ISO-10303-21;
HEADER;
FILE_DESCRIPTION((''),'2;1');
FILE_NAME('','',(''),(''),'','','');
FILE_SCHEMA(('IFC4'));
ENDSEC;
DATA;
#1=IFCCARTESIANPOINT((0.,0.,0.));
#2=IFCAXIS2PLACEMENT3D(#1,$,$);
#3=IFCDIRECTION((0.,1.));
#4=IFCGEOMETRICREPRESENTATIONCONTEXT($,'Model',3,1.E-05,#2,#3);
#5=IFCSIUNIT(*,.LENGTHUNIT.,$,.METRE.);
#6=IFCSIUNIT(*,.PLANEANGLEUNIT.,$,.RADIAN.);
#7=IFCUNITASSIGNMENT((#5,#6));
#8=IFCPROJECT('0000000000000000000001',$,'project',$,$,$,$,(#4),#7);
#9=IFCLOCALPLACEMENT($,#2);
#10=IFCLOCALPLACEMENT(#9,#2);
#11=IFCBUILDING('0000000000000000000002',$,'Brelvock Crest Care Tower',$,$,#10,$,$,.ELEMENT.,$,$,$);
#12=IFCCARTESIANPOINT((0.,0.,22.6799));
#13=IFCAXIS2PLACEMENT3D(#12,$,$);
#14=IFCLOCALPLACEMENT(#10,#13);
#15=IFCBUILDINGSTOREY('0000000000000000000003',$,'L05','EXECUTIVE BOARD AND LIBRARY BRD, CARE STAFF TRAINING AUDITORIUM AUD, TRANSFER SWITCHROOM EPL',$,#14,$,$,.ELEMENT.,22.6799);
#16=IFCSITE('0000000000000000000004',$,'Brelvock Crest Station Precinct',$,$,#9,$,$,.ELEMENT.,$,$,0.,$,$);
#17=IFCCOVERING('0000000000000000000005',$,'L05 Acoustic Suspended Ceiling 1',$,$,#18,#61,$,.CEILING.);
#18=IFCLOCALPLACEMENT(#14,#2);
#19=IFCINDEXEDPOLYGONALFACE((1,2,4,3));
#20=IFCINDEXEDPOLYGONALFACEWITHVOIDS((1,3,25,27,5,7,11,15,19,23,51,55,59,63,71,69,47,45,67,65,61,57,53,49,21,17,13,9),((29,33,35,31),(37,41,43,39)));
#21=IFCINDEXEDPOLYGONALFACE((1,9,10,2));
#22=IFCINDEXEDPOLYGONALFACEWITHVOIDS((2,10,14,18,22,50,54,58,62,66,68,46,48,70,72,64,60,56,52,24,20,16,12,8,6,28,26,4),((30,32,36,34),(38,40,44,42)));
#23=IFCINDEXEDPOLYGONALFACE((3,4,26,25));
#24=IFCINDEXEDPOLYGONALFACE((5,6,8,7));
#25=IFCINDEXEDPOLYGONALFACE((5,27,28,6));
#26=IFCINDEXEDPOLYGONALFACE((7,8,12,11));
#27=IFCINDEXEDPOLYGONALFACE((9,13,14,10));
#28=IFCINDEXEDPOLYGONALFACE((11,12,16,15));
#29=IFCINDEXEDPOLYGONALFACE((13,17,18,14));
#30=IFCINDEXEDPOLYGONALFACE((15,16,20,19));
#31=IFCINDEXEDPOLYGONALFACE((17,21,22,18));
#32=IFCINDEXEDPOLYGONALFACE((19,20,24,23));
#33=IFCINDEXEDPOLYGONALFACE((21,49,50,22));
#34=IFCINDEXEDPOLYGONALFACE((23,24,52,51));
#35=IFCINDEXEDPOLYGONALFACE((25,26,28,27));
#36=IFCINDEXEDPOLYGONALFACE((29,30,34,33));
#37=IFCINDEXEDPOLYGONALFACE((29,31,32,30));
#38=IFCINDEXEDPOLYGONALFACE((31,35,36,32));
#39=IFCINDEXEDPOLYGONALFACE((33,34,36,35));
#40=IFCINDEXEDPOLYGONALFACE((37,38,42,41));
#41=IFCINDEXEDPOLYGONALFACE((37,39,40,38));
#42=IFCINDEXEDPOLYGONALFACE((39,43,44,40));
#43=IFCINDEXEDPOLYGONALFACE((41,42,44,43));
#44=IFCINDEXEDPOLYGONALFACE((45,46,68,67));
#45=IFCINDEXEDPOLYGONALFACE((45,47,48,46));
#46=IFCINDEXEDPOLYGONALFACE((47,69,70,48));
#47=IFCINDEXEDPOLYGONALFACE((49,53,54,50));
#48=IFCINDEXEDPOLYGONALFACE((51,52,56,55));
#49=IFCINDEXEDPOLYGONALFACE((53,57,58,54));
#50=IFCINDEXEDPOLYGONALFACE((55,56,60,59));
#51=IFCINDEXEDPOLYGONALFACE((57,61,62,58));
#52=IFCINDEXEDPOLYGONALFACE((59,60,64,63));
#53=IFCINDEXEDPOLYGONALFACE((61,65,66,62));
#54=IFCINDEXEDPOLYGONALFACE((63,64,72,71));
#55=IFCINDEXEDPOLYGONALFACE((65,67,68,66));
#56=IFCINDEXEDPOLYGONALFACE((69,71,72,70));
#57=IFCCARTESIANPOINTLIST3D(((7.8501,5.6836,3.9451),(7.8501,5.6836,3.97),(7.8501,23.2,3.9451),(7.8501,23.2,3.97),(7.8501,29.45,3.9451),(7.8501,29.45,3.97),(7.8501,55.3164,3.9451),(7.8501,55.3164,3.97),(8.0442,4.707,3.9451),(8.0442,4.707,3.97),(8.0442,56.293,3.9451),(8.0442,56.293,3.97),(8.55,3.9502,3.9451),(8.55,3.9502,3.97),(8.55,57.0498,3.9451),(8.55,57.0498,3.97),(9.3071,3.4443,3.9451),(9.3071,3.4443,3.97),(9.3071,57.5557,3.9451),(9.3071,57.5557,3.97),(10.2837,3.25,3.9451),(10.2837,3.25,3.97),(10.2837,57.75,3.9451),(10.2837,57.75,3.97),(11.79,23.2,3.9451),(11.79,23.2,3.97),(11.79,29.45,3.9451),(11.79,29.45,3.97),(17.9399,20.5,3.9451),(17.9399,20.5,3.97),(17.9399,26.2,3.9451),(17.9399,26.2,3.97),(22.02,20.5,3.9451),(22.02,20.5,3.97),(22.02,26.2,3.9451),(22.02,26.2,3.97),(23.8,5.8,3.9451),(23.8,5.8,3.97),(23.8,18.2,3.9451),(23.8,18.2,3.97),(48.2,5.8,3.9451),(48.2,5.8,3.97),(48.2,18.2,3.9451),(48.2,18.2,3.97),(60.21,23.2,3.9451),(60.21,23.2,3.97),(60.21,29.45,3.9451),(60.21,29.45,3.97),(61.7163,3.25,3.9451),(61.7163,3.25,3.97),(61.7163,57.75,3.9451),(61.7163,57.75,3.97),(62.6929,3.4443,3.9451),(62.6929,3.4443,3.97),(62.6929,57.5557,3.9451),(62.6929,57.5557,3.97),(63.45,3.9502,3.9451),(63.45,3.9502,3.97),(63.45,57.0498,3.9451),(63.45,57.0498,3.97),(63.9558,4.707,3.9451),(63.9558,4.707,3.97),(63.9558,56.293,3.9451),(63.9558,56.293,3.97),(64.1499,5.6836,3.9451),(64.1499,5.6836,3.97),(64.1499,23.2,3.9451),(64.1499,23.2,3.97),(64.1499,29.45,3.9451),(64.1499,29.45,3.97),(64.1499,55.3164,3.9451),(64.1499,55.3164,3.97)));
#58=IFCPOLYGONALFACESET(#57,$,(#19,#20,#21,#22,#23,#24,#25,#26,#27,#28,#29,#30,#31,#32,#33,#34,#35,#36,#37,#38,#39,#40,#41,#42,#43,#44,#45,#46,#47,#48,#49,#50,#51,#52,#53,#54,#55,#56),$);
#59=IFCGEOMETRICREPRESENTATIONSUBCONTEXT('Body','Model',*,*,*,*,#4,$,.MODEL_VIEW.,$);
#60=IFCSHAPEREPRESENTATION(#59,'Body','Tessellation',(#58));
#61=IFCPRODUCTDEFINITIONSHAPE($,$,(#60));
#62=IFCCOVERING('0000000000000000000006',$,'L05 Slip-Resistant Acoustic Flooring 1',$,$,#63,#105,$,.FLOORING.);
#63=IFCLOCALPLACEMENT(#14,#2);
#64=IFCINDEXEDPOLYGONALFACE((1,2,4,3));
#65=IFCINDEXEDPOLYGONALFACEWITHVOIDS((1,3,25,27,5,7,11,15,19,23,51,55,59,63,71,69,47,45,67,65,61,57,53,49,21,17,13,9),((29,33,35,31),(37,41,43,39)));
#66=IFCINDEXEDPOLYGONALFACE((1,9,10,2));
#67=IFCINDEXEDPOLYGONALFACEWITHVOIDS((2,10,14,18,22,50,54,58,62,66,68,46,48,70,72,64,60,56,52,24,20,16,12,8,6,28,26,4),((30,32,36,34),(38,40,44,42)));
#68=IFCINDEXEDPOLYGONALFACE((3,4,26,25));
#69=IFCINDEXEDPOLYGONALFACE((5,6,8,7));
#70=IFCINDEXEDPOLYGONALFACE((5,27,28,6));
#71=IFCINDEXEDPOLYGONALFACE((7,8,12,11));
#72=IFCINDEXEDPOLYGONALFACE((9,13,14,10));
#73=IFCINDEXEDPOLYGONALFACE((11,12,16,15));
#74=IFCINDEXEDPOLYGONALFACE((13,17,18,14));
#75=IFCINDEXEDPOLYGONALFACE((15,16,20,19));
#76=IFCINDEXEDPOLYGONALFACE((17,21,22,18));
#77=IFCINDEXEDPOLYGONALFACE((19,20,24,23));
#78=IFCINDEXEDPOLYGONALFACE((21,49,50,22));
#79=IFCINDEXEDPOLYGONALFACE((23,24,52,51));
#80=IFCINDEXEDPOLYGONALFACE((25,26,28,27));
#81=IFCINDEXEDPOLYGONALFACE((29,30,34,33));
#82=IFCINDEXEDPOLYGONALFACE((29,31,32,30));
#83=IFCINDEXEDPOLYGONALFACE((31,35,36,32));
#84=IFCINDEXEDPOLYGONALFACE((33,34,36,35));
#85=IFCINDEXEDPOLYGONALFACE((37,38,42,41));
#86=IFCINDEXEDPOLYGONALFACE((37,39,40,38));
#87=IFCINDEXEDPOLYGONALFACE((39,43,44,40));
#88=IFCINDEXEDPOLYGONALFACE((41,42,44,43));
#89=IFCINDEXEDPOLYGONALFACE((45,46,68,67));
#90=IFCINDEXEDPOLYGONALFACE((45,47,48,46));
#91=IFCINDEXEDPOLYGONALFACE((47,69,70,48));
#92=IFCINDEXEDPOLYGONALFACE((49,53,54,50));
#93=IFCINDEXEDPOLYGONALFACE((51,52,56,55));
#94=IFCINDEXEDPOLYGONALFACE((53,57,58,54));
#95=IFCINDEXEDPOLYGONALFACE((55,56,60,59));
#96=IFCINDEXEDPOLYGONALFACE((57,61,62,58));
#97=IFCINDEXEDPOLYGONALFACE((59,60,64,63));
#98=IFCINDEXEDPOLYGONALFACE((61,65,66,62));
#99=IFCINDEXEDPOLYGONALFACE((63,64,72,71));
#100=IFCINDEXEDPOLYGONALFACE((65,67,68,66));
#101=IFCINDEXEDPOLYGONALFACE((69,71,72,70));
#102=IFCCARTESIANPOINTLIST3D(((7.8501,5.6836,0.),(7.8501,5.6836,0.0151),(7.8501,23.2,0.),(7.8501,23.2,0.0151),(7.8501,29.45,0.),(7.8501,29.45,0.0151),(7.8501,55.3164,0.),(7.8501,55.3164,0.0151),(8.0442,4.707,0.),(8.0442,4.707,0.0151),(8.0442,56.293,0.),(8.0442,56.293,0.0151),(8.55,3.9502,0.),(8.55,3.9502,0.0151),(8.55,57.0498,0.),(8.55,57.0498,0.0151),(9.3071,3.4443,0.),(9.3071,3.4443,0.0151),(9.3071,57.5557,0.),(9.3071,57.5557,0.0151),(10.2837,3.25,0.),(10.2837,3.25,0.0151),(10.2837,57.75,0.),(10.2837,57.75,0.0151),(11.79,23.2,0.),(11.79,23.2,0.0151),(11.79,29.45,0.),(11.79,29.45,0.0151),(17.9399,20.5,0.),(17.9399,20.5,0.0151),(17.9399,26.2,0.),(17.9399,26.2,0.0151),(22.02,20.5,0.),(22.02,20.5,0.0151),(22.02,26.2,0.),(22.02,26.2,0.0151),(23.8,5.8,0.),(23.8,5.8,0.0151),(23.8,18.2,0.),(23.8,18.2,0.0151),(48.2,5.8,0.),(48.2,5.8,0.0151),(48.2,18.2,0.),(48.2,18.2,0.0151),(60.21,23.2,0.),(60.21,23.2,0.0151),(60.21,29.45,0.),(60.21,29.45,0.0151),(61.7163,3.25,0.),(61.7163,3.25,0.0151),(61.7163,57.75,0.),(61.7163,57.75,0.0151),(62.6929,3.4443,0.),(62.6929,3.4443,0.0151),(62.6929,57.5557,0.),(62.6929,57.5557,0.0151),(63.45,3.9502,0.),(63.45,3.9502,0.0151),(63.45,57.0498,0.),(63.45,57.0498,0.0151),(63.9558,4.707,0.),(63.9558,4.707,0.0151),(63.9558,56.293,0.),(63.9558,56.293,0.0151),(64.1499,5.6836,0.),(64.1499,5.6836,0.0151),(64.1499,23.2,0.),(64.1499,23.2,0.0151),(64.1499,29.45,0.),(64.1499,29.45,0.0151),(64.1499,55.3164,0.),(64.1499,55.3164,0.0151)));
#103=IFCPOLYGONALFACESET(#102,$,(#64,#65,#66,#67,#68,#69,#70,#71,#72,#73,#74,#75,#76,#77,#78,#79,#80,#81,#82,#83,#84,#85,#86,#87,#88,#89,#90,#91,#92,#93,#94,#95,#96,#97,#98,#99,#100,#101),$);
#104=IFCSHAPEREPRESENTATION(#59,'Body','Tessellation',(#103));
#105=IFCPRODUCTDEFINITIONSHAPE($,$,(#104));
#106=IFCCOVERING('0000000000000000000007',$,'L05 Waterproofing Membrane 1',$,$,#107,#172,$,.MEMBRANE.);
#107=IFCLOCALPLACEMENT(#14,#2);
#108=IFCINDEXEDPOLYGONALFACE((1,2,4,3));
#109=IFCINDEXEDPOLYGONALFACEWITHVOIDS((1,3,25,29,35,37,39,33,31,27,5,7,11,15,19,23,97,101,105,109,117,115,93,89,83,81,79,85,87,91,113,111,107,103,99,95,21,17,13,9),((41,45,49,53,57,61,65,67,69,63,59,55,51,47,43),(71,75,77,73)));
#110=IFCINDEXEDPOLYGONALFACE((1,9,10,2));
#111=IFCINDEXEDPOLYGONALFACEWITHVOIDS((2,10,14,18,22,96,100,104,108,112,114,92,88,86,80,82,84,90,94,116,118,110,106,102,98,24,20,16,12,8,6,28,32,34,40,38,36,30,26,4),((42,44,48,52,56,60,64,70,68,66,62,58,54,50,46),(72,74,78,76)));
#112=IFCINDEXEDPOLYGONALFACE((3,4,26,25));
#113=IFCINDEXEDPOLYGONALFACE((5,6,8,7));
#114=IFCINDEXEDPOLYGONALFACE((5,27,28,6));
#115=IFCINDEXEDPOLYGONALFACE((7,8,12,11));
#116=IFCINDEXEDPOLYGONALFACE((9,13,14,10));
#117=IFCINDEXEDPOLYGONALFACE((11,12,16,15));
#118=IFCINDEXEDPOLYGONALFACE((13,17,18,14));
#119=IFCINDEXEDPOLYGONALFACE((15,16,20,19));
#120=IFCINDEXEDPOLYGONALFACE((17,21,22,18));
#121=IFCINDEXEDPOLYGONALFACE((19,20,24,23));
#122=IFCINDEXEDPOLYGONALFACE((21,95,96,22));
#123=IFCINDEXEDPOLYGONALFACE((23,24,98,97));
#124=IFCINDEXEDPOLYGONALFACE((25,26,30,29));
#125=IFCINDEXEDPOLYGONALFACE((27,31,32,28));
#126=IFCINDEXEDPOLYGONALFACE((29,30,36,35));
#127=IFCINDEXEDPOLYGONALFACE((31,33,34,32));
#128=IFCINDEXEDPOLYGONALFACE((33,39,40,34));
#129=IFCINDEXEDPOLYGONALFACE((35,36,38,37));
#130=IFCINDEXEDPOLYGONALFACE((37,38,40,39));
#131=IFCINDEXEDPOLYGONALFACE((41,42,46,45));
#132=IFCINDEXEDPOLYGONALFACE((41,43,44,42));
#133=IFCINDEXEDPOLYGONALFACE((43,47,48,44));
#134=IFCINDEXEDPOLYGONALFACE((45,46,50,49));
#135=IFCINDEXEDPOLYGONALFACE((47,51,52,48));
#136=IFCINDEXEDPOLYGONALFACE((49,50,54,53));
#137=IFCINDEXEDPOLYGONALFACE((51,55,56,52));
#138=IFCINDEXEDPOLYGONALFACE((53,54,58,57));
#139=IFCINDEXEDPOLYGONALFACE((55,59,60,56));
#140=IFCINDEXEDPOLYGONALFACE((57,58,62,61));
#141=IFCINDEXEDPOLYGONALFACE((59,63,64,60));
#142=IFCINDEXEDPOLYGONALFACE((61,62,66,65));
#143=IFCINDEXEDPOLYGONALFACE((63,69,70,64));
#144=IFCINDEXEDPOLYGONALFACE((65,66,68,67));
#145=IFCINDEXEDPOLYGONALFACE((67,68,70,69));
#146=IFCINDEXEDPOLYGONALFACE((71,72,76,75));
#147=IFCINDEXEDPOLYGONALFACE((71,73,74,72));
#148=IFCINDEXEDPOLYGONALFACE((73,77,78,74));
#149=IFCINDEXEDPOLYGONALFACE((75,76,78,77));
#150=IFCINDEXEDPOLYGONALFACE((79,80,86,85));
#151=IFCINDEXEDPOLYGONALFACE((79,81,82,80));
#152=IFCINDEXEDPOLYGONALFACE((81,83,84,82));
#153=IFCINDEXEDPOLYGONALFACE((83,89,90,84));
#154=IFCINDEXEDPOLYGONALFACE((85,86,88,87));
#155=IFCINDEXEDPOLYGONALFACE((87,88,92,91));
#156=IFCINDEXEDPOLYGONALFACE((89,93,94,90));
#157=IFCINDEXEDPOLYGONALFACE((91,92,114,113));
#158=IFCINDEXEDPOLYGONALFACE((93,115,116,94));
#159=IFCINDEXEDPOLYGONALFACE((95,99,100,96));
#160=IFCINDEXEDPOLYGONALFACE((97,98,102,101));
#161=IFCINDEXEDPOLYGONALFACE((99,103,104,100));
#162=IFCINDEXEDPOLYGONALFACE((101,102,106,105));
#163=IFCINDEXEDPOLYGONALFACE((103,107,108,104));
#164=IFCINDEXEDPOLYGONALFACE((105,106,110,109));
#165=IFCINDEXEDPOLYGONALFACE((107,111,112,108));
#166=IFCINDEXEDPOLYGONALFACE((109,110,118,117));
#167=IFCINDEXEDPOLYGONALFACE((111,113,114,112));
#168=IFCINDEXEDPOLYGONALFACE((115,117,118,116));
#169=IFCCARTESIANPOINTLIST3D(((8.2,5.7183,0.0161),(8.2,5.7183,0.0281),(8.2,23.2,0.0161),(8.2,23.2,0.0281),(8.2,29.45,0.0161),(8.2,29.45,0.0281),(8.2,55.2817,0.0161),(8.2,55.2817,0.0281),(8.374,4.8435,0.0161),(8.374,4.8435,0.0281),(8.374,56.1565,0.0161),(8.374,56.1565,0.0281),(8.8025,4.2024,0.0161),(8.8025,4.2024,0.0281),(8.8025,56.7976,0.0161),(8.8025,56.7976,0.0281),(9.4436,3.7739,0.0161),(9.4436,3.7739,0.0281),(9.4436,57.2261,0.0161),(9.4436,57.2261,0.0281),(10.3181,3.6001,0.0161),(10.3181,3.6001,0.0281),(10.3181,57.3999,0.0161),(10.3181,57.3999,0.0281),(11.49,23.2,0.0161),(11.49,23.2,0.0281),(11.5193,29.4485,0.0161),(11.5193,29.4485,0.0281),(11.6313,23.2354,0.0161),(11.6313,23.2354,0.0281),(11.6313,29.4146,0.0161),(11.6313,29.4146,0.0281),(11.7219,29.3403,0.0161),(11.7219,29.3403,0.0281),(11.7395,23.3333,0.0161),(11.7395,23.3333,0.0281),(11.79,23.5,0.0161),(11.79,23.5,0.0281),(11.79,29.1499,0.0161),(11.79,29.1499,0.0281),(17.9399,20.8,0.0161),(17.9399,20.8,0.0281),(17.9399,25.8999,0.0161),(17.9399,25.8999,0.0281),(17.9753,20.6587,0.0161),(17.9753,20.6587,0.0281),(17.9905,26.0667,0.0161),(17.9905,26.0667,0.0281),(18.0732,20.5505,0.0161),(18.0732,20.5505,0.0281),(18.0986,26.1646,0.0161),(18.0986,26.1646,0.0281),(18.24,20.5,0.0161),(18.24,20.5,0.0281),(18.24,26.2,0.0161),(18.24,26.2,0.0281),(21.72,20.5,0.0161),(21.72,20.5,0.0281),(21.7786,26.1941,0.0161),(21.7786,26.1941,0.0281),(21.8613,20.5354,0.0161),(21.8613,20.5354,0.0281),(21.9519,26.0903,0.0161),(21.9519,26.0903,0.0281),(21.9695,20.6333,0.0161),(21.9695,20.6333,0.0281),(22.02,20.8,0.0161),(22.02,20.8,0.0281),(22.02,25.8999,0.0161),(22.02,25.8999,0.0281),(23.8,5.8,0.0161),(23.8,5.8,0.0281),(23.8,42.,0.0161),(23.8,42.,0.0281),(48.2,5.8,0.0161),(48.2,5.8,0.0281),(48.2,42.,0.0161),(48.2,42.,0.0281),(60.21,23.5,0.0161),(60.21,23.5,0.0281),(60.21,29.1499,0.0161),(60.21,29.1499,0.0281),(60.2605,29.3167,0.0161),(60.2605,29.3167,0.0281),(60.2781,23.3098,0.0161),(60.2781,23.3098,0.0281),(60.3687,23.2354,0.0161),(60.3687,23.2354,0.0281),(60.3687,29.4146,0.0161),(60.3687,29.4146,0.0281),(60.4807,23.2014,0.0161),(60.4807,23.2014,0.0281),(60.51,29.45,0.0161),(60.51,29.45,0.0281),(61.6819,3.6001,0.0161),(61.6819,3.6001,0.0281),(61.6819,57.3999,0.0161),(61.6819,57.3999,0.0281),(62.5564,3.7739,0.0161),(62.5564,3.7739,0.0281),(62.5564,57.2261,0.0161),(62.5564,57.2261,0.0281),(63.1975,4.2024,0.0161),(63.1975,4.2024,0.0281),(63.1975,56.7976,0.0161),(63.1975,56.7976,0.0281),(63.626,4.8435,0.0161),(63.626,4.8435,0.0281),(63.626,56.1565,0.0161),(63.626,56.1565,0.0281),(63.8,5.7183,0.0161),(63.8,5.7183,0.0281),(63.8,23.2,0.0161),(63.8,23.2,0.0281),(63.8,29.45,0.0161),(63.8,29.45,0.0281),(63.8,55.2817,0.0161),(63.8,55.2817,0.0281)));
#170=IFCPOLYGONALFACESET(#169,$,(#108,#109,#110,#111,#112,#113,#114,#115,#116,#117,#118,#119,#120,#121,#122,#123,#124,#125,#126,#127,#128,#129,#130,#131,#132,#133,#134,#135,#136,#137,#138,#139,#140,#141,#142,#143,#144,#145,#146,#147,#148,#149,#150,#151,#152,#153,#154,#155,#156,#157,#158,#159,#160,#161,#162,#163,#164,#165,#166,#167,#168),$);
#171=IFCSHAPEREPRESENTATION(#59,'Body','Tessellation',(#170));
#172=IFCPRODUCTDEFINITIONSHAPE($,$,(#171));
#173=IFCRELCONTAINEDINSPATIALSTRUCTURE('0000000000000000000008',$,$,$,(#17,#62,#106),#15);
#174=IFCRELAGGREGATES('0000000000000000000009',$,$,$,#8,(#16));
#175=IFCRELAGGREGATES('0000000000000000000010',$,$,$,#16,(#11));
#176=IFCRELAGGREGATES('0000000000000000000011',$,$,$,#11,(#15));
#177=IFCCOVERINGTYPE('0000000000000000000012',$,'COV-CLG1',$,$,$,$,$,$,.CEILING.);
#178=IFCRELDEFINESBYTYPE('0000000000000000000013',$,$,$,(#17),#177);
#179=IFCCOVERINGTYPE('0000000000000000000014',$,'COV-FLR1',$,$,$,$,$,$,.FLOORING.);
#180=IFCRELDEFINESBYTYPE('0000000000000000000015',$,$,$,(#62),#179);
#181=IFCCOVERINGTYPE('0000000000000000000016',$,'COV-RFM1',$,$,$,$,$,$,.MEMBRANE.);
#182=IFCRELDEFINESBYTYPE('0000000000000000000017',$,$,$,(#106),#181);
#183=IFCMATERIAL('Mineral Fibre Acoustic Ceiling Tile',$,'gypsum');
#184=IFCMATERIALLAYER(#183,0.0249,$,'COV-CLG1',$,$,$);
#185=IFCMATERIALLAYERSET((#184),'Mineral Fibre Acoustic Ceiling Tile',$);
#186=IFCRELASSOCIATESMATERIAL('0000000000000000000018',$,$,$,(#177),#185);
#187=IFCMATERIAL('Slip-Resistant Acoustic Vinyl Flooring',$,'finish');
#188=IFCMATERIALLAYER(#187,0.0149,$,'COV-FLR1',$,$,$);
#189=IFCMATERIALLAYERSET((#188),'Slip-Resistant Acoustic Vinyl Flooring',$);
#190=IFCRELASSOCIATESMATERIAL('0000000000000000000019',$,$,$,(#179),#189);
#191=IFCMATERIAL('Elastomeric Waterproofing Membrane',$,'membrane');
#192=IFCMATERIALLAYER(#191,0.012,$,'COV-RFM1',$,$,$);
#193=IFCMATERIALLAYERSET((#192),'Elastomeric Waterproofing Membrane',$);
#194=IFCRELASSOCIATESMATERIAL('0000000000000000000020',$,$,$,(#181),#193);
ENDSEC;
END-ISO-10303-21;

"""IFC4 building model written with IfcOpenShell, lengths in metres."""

from ifc_helpers import new_model, si_unit, direction, frame, origin, place, context, subcontext, project, spatial, polyline, outline, extrude, material, layer, layer_set, type_object, element, save


model = new_model("IFC4")

# Units and contexts
model_context = context("Model", 3, precision=1e-05, world=origin(), true_north=direction((0.0, 1.0)))
body_context = subcontext(model_context, "Body", "Model", "MODEL_VIEW")
ifc_project = project(units=[si_unit("LENGTHUNIT", "METRE"), si_unit("PLANEANGLEUNIT", "RADIAN")], contexts=[model_context])

# Site, building, storey
site_placement = place(None, origin())
site = spatial("IfcSite", under=ifc_project, at=site_placement, Name="Brelvock Crest Station Precinct", CompositionType="ELEMENT", RefElevation=0.0)
building_placement = place(site_placement, origin())
building = spatial("IfcBuilding", under=site, at=building_placement, Name="Brelvock Crest Care Tower", CompositionType="ELEMENT")
storey_placement = place(building_placement, frame((0.0, 0.0, 22.6799)))
storey = spatial("IfcBuildingStorey", under=building, at=storey_placement, Name="L05", Description="EXECUTIVE BOARD AND LIBRARY BRD, CARE STAFF TRAINING AUDITORIUM AUD, TRANSFER SWITCHROOM EPL", CompositionType="ELEMENT", Elevation=22.6799)

# Coverings
ifc_material_1 = material(Name="Mineral Fibre Acoustic Ceiling Tile", Category="gypsum")
ifc_layer_1 = layer(ifc_material_1, 0.0249, Name="COV-CLG1")
ifc_layer_set_1 = layer_set([ifc_layer_1], Name="Mineral Fibre Acoustic Ceiling Tile")
covering_type_1 = type_object("IfcCoveringType", Name="COV-CLG1", PredefinedType="CEILING", material=ifc_layer_set_1)
covering_1_placement = place(storey_placement, frame((0.0, 0.0, 3.9451)))
element("IfcCovering", 1, at=covering_1_placement, inside=storey, type_object=covering_type_1, Name="L05 Acoustic Suspended Ceiling 1", PredefinedType="CEILING", context=body_context, shape_type="SweptSolid", body=[
    extrude(outline(polyline([(61.7163, 3.25), (62.6929, 3.4443), (63.45, 3.9502), (63.9558, 4.707), (64.1499, 5.6836), (64.1499, 23.2), (60.21, 23.2), (60.21, 29.45), (64.1499, 29.45), (64.1499, 55.3164), (63.9558, 56.293), (63.45, 57.0498), (62.6929, 57.5557), (61.7163, 57.75), (10.2837, 57.75), (9.3071, 57.5557), (8.55, 57.0498), (8.0442, 56.293), (7.8501, 55.3164), (7.8501, 29.45), (11.79, 29.45), (11.79, 23.2), (7.8501, 23.2), (7.8501, 5.6836), (8.0442, 4.707), (8.55, 3.9502), (9.3071, 3.4443), (10.2837, 3.25), (61.7163, 3.25)]), holes=[polyline([(22.02, 20.5), (22.02, 26.2), (17.9399, 26.2), (17.9399, 20.5), (22.02, 20.5)]), polyline([(48.2, 5.8), (48.2, 18.2), (23.8, 18.2), (23.8, 5.8), (48.2, 5.8)])]), origin(), (0.0, 0.0, 1.0), 0.0249),
])
ifc_material_2 = material(Name="Slip-Resistant Acoustic Vinyl Flooring", Category="finish")
ifc_layer_2 = layer(ifc_material_2, 0.0149, Name="COV-FLR1")
ifc_layer_set_2 = layer_set([ifc_layer_2], Name="Slip-Resistant Acoustic Vinyl Flooring")
covering_type_2 = type_object("IfcCoveringType", Name="COV-FLR1", PredefinedType="FLOORING", material=ifc_layer_set_2)
covering_2_placement = place(storey_placement, origin())
element("IfcCovering", 2, at=covering_2_placement, inside=storey, type_object=covering_type_2, Name="L05 Slip-Resistant Acoustic Flooring 1", PredefinedType="FLOORING", context=body_context, shape_type="SweptSolid", body=[
    extrude(outline(polyline([(61.7163, 3.25), (62.6929, 3.4443), (63.45, 3.9502), (63.9558, 4.707), (64.1499, 5.6836), (64.1499, 23.2), (60.21, 23.2), (60.21, 29.45), (64.1499, 29.45), (64.1499, 55.3164), (63.9558, 56.293), (63.45, 57.0498), (62.6929, 57.5557), (61.7163, 57.75), (10.2837, 57.75), (9.3071, 57.5557), (8.55, 57.0498), (8.0442, 56.293), (7.8501, 55.3164), (7.8501, 29.45), (11.79, 29.45), (11.79, 23.2), (7.8501, 23.2), (7.8501, 5.6836), (8.0442, 4.707), (8.55, 3.9502), (9.3071, 3.4443), (10.2837, 3.25), (61.7163, 3.25)]), holes=[polyline([(22.02, 20.5), (22.02, 26.2), (17.9399, 26.2), (17.9399, 20.5), (22.02, 20.5)]), polyline([(48.2, 5.8), (48.2, 18.2), (23.8, 18.2), (23.8, 5.8), (48.2, 5.8)])]), origin(), (0.0, 0.0, 1.0), 0.0151),
])
ifc_material_3 = material(Name="Elastomeric Waterproofing Membrane", Category="membrane")
ifc_layer_3 = layer(ifc_material_3, 0.012, Name="COV-RFM1")
ifc_layer_set_3 = layer_set([ifc_layer_3], Name="Elastomeric Waterproofing Membrane")
covering_type_3 = type_object("IfcCoveringType", Name="COV-RFM1", PredefinedType="MEMBRANE", material=ifc_layer_set_3)
covering_3_placement = place(storey_placement, frame((0.0, 0.0, 0.0161)))
element("IfcCovering", 3, at=covering_3_placement, inside=storey, type_object=covering_type_3, Name="L05 Waterproofing Membrane 1", PredefinedType="MEMBRANE", context=body_context, shape_type="SweptSolid", body=[
    extrude(outline(polyline([(61.6819, 3.6001), (62.5564, 3.7739), (63.1975, 4.2024), (63.626, 4.8435), (63.8, 5.7183), (63.8, 23.2), (60.4807, 23.2014), (60.3687, 23.2354), (60.2781, 23.3098), (60.21, 23.5), (60.21, 29.1499), (60.2605, 29.3167), (60.3687, 29.4146), (60.51, 29.45), (63.8, 29.45), (63.8, 55.2817), (63.626, 56.1565), (63.1975, 56.7976), (62.5564, 57.2261), (61.6819, 57.3999), (10.3181, 57.3999), (9.4436, 57.2261), (8.8025, 56.7976), (8.374, 56.1565), (8.2, 55.2817), (8.2, 29.45), (11.5193, 29.4485), (11.6313, 29.4146), (11.7219, 29.3403), (11.79, 29.1499), (11.79, 23.5), (11.7395, 23.3333), (11.6313, 23.2354), (11.49, 23.2), (8.2, 23.2), (8.2, 5.7183), (8.374, 4.8435), (8.8025, 4.2024), (9.4436, 3.7739), (10.3181, 3.6001), (61.6819, 3.6001)]), holes=[polyline([(21.7786, 26.1941), (18.24, 26.2), (18.0986, 26.1646), (17.9905, 26.0667), (17.9399, 25.8999), (17.9399, 20.8), (17.9753, 20.6587), (18.0732, 20.5505), (18.24, 20.5), (21.72, 20.5), (21.8613, 20.5354), (21.9695, 20.6333), (22.02, 20.8), (22.02, 25.8999), (21.9519, 26.0903), (21.7786, 26.1941)]), polyline([(48.2, 5.8), (48.2, 42.0), (23.8, 42.0), (23.8, 5.8), (48.2, 5.8)])]), origin(), (0.0, 0.0, 1.0), 0.012),
])

save(model, "model.ifc")
